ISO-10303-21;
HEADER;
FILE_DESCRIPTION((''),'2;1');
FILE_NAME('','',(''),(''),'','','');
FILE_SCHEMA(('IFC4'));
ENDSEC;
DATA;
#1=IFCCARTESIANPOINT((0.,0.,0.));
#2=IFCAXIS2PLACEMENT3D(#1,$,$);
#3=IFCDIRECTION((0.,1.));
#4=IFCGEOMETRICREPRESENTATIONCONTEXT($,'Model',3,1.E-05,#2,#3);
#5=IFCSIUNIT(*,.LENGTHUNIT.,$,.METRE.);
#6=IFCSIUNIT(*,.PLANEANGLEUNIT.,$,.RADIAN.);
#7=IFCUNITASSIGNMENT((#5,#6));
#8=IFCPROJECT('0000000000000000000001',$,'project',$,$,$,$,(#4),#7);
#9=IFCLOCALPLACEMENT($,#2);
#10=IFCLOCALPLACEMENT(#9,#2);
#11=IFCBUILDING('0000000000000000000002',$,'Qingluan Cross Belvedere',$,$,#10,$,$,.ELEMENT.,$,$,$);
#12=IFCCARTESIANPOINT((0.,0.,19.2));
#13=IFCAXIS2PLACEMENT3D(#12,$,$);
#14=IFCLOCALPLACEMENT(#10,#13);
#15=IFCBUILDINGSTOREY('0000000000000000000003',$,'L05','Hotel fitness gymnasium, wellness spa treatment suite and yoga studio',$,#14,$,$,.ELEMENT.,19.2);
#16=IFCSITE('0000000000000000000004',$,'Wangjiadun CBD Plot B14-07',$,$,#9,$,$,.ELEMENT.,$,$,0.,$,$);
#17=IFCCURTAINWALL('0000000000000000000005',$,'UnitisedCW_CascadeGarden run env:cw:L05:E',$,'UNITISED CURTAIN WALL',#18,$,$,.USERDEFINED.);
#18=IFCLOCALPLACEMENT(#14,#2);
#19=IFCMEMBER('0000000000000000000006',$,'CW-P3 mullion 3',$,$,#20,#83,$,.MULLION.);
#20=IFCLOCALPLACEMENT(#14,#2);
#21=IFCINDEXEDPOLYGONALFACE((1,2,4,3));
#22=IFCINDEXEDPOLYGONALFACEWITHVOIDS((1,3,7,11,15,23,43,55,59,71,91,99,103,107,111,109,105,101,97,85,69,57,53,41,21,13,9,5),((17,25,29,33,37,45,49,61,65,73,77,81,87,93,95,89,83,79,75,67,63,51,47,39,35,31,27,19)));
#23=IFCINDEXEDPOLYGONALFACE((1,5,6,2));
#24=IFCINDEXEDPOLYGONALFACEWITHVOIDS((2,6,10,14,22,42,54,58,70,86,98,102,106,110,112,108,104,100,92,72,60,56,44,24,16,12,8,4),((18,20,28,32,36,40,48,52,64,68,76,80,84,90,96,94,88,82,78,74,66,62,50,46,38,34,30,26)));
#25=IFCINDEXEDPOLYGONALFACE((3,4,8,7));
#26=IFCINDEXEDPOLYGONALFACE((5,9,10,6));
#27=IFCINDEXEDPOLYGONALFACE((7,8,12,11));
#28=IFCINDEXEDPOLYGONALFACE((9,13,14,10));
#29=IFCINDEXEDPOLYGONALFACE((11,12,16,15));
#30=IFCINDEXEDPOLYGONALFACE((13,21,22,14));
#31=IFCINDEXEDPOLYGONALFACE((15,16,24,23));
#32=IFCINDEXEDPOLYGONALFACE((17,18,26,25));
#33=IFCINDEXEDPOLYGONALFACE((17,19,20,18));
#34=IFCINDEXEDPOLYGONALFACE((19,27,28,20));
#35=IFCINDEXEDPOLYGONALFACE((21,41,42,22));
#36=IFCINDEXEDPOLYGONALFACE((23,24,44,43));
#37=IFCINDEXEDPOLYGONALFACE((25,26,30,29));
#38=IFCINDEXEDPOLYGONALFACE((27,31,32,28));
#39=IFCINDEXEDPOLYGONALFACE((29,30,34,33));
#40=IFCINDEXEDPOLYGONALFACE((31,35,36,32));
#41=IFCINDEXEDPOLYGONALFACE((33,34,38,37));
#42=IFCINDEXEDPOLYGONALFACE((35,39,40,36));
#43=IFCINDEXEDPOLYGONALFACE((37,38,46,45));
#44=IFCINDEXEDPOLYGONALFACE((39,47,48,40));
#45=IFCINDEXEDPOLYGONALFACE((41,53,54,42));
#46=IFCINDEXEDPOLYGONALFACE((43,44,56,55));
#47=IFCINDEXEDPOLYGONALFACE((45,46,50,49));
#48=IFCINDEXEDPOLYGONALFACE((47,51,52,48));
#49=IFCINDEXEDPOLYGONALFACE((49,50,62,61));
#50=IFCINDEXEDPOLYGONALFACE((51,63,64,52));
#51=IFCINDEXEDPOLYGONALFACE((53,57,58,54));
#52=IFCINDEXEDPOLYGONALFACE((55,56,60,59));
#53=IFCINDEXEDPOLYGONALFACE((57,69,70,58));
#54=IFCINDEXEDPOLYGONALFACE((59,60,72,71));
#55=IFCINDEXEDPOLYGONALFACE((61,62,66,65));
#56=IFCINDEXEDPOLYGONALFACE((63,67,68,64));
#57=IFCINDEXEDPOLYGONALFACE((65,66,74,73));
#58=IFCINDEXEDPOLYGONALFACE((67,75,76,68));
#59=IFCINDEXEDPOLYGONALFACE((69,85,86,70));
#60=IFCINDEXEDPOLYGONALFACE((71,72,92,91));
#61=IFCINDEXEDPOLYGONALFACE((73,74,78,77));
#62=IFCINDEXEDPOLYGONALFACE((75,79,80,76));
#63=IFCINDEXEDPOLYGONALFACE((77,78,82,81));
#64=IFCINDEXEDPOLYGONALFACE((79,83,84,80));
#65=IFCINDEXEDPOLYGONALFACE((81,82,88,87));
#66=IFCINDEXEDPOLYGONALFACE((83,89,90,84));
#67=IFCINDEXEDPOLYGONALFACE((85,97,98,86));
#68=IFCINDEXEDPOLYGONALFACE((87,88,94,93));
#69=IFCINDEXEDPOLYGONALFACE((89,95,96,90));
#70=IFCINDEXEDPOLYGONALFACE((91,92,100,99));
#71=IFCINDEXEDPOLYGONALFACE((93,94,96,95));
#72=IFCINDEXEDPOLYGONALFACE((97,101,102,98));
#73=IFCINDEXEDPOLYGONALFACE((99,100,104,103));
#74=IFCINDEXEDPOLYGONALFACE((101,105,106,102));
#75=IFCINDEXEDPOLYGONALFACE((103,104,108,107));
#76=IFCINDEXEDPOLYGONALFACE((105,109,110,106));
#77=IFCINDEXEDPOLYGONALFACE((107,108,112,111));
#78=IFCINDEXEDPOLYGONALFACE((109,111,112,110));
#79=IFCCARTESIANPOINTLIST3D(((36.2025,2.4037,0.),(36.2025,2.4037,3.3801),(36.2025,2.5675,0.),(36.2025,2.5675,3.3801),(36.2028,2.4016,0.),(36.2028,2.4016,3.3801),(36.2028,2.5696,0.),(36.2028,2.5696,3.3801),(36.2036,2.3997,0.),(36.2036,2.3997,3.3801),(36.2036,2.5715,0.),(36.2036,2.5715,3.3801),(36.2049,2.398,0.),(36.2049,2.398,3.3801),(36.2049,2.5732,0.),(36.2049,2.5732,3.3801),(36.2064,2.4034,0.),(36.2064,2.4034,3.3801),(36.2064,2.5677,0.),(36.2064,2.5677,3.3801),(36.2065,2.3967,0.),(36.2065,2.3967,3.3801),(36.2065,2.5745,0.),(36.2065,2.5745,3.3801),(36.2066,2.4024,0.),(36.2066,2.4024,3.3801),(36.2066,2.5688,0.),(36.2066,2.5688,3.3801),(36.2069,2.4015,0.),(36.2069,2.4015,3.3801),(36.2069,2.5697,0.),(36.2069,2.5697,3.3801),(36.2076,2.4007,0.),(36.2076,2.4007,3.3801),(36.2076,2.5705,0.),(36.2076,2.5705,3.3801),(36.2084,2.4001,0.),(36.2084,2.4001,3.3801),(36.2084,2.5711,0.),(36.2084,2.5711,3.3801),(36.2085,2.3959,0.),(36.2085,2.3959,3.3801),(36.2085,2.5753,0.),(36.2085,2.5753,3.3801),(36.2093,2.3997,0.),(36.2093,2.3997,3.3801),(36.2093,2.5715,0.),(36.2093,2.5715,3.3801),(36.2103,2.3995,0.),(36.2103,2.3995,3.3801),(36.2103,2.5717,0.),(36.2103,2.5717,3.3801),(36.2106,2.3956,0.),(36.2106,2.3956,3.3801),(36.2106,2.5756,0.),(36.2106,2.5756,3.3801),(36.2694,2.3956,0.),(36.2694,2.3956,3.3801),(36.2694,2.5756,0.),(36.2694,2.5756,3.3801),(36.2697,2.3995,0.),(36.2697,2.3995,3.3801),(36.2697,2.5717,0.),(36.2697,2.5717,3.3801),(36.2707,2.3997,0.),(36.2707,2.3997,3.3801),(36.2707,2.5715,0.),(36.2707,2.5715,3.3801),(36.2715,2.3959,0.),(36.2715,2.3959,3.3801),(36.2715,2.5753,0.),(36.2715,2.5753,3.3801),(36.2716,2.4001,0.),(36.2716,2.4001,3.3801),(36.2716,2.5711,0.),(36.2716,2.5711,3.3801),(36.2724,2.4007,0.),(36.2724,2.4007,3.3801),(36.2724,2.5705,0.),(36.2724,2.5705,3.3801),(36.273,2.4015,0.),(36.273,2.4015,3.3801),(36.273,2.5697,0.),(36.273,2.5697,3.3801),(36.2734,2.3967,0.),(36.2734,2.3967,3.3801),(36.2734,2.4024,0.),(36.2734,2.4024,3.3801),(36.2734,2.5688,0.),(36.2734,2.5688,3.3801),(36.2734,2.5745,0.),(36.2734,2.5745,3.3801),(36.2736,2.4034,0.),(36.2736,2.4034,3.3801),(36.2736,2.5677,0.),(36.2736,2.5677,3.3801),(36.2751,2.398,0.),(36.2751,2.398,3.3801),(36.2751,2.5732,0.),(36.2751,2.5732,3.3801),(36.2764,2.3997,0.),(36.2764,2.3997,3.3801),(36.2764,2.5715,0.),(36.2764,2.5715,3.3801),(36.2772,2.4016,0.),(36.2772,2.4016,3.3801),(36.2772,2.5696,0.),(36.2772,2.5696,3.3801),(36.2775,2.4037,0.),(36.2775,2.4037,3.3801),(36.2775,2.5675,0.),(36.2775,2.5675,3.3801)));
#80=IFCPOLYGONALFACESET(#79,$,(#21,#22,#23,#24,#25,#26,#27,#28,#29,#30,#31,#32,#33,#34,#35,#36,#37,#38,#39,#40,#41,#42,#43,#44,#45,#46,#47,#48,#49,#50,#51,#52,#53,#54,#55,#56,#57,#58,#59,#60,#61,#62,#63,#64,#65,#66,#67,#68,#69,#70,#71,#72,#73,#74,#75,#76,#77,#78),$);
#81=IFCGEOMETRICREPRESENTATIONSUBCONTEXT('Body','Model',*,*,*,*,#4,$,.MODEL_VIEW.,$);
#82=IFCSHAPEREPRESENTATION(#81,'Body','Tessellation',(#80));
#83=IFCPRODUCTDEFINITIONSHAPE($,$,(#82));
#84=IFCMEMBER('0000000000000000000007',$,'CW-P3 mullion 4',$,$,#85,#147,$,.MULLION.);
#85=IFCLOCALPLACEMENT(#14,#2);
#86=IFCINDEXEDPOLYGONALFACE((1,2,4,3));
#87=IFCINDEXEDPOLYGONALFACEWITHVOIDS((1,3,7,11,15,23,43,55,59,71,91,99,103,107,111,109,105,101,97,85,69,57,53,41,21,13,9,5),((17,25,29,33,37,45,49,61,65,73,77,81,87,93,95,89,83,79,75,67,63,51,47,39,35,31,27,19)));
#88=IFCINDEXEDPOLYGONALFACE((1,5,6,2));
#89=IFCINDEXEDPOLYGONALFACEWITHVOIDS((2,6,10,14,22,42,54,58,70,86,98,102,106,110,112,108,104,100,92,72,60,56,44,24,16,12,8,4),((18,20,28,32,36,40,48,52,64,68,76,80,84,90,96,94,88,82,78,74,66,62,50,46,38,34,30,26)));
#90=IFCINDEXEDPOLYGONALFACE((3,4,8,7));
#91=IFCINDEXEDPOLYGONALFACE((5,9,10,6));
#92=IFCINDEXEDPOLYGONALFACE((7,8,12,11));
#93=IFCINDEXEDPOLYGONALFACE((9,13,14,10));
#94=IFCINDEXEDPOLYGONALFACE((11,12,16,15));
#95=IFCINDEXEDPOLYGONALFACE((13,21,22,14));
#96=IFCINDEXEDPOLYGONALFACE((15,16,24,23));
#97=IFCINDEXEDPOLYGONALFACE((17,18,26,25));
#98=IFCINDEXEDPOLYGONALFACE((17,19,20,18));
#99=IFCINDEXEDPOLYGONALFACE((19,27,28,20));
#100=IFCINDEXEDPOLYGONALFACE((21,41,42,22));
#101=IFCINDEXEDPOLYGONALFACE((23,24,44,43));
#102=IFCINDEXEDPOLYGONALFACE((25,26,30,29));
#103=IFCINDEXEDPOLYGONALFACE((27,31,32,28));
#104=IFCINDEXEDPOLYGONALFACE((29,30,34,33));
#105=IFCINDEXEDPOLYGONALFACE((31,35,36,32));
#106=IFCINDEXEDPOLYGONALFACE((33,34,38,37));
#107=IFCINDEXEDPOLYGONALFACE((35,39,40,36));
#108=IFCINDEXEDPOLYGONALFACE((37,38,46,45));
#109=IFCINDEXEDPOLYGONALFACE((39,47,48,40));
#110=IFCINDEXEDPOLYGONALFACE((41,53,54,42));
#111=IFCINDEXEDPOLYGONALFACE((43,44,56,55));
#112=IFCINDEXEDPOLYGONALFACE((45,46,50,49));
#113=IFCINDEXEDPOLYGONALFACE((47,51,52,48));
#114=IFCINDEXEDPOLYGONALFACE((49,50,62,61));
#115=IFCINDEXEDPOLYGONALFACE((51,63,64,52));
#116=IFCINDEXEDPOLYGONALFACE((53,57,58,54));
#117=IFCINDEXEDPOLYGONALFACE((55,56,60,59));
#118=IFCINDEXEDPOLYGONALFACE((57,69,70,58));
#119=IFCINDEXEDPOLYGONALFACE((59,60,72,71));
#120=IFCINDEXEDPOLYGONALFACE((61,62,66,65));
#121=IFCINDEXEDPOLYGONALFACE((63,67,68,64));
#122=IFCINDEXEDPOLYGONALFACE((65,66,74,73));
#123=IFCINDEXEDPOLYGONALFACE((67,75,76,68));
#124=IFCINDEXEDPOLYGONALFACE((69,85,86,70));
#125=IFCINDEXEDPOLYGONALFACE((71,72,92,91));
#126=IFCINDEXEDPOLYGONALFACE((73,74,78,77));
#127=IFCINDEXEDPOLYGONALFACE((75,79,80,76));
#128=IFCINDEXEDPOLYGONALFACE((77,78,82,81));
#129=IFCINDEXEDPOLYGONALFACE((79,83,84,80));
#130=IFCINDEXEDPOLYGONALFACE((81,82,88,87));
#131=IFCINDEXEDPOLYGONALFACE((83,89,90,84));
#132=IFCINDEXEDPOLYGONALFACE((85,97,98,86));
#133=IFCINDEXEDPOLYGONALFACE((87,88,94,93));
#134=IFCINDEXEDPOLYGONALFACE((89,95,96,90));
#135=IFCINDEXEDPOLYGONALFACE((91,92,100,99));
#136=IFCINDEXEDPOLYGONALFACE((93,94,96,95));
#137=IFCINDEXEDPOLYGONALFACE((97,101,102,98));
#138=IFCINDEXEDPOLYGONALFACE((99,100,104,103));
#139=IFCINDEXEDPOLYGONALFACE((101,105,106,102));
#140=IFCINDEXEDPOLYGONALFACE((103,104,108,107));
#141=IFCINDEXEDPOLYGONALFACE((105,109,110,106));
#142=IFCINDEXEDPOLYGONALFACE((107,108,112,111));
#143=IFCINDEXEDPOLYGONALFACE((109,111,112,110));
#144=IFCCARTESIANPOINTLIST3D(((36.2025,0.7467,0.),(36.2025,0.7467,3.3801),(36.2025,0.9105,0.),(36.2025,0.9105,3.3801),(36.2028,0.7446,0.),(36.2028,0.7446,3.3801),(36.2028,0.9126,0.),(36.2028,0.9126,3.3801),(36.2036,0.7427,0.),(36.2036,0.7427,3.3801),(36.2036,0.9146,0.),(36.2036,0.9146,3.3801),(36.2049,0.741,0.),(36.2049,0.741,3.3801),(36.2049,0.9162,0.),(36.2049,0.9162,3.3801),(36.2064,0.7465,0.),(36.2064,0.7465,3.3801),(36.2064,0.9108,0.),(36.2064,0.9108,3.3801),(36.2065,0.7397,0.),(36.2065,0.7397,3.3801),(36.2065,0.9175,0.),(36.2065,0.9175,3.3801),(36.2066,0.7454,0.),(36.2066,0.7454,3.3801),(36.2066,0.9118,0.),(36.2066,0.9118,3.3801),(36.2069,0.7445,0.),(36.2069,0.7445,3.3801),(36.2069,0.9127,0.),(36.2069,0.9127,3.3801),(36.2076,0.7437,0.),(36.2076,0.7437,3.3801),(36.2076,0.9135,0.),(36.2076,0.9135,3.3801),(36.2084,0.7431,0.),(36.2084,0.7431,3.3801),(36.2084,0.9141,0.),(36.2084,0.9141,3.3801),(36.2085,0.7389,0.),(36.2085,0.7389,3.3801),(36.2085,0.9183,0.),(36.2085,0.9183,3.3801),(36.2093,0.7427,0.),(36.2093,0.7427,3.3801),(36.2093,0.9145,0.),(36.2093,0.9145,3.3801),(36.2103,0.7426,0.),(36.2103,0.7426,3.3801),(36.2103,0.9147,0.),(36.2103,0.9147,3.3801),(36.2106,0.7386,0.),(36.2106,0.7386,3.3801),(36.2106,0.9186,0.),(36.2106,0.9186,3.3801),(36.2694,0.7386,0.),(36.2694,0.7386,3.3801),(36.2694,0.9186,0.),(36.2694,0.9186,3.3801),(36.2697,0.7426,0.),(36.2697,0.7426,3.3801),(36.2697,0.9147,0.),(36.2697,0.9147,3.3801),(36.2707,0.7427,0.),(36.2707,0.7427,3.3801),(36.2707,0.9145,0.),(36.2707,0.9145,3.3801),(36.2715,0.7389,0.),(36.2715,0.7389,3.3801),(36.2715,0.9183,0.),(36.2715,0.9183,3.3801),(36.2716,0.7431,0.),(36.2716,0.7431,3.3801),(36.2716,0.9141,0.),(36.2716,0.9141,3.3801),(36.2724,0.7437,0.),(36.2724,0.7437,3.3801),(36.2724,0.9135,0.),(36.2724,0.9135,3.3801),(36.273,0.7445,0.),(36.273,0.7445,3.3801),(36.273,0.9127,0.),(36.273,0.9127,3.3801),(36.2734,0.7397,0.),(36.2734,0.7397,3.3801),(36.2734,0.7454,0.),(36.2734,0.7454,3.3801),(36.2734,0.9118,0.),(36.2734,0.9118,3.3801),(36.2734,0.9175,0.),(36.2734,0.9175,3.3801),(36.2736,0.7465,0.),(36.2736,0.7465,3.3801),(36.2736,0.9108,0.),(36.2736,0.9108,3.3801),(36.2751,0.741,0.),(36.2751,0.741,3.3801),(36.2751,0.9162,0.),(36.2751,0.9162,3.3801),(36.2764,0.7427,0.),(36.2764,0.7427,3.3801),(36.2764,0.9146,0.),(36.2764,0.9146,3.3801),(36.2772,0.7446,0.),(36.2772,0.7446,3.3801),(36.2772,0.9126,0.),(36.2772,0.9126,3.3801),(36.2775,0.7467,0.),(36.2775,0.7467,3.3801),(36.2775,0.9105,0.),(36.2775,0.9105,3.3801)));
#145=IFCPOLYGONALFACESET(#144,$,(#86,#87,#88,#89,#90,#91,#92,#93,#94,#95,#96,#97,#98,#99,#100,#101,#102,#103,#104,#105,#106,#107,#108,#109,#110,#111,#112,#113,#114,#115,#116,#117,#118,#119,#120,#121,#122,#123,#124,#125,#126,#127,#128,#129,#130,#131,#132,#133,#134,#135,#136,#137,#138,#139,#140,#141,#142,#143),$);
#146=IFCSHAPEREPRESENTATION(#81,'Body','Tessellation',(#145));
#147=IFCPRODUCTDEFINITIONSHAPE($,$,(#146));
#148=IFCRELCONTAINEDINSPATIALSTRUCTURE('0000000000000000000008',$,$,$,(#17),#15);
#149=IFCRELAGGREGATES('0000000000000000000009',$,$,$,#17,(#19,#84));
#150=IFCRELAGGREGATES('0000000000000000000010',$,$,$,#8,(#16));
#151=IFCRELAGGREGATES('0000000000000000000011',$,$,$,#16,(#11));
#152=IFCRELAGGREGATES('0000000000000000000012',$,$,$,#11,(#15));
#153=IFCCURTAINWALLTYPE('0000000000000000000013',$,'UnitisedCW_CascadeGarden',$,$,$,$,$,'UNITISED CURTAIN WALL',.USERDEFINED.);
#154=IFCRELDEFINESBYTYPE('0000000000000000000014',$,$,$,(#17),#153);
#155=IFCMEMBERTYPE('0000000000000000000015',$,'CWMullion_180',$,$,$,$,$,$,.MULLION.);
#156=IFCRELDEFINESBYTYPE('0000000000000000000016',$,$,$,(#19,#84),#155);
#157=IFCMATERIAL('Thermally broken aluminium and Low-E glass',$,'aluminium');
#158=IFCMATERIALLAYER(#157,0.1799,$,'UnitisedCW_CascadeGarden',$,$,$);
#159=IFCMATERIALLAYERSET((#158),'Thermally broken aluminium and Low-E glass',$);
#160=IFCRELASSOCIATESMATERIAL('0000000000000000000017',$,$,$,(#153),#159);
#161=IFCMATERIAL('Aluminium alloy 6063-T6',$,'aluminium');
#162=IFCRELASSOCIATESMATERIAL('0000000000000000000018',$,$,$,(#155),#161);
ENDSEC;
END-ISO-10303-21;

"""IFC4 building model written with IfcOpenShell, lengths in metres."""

from ifc_helpers import new_model, si_unit, direction, frame, origin, origin_2d, place, context, subcontext, project, spatial, hollow_rectangle, extrude, material, layer, layer_set, material_profile, profile_set, type_object, element, aggregate, save


model = new_model("IFC4")

# Units and contexts
model_context = context("Model", 3, precision=1e-05, world=origin(), true_north=direction((0.0, 1.0)))
body_context = subcontext(model_context, "Body", "Model", "MODEL_VIEW")
ifc_project = project(units=[si_unit("LENGTHUNIT", "METRE"), si_unit("PLANEANGLEUNIT", "RADIAN")], contexts=[model_context])

# Site, building, storey
site_placement = place(None, origin())
site = spatial("IfcSite", under=ifc_project, at=site_placement, Name="Wangjiadun CBD Plot B14-07", CompositionType="ELEMENT", RefElevation=0.0)
building_placement = place(site_placement, origin())
building = spatial("IfcBuilding", under=site, at=building_placement, Name="Qingluan Cross Belvedere", CompositionType="ELEMENT")
storey_placement = place(building_placement, frame((0.0, 0.0, 19.2)))
storey = spatial("IfcBuildingStorey", under=building, at=storey_placement, Name="L05", Description="Hotel fitness gymnasium, wellness spa treatment suite and yoga studio", CompositionType="ELEMENT", Elevation=19.2)

# Curtain wall, members
ifc_material_1 = material(Name="Thermally broken aluminium and Low-E glass", Category="aluminium")
ifc_layer_1 = layer(ifc_material_1, 0.1799, Name="UnitisedCW_CascadeGarden")
ifc_layer_set_1 = layer_set([ifc_layer_1], Name="Thermally broken aluminium and Low-E glass")
curtain_wall_type = type_object("IfcCurtainWallType", Name="UnitisedCW_CascadeGarden", ElementType="UNITISED CURTAIN WALL", PredefinedType="USERDEFINED", material=ifc_layer_set_1)
curtain_wall_placement = place(storey_placement, origin())
curtain_wall = element("IfcCurtainWall", 1, at=curtain_wall_placement, inside=storey, type_object=curtain_wall_type, Name="UnitisedCW_CascadeGarden run env:cw:L05:E", ObjectType="UNITISED CURTAIN WALL", PredefinedType="USERDEFINED")
ifc_material_2 = material(Name="Aluminium alloy 6063-T6", Category="aluminium")
ifc_material_profile_1 = material_profile(ifc_material_2, hollow_rectangle(XDim=0.075, YDim=0.1799, WallThickness=0.0039, InnerFilletRadius=0.0039, OuterFilletRadius=0.0081, at=origin_2d()), Name="CWM180x75x4")
ifc_profile_set_1 = profile_set([ifc_material_profile_1], Name="Aluminium alloy 6063-T6")
member_type_1 = type_object("IfcMemberType", Name="CWMullion_180", PredefinedType="MULLION", material=ifc_profile_set_1)
member_1_placement = place(storey_placement, frame((36.24, 2.4856, 0.0), z_axis=(0.0, 0.0, 1.0), x_axis=(1.0, 0.0, 0.0)))
member_1 = element("IfcMember", 2, at=member_1_placement, type_object=member_type_1, Name="CW-P3 mullion 3", PredefinedType="MULLION", context=body_context, shape_type="SweptSolid", body=[
    extrude(hollow_rectangle(XDim=0.075, YDim=0.1799, WallThickness=0.0039, InnerFilletRadius=0.0039, OuterFilletRadius=0.0081, at=origin_2d()), origin(), (0.0, 0.0, 1.0), 3.3801),
])
member_2_placement = place(storey_placement, frame((36.24, 0.8286, 0.0), z_axis=(0.0, 0.0, 1.0), x_axis=(1.0, 0.0, 0.0)))
member_2 = element("IfcMember", 3, at=member_2_placement, type_object=member_type_1, Name="CW-P3 mullion 4", PredefinedType="MULLION", context=body_context, shape_type="SweptSolid", body=[
    extrude(hollow_rectangle(XDim=0.075, YDim=0.1799, WallThickness=0.0039, InnerFilletRadius=0.0039, OuterFilletRadius=0.0081, at=origin_2d()), origin(), (0.0, 0.0, 1.0), 3.3801),
])
aggregate(curtain_wall, [member_1, member_2])

save(model, "model.ifc")
